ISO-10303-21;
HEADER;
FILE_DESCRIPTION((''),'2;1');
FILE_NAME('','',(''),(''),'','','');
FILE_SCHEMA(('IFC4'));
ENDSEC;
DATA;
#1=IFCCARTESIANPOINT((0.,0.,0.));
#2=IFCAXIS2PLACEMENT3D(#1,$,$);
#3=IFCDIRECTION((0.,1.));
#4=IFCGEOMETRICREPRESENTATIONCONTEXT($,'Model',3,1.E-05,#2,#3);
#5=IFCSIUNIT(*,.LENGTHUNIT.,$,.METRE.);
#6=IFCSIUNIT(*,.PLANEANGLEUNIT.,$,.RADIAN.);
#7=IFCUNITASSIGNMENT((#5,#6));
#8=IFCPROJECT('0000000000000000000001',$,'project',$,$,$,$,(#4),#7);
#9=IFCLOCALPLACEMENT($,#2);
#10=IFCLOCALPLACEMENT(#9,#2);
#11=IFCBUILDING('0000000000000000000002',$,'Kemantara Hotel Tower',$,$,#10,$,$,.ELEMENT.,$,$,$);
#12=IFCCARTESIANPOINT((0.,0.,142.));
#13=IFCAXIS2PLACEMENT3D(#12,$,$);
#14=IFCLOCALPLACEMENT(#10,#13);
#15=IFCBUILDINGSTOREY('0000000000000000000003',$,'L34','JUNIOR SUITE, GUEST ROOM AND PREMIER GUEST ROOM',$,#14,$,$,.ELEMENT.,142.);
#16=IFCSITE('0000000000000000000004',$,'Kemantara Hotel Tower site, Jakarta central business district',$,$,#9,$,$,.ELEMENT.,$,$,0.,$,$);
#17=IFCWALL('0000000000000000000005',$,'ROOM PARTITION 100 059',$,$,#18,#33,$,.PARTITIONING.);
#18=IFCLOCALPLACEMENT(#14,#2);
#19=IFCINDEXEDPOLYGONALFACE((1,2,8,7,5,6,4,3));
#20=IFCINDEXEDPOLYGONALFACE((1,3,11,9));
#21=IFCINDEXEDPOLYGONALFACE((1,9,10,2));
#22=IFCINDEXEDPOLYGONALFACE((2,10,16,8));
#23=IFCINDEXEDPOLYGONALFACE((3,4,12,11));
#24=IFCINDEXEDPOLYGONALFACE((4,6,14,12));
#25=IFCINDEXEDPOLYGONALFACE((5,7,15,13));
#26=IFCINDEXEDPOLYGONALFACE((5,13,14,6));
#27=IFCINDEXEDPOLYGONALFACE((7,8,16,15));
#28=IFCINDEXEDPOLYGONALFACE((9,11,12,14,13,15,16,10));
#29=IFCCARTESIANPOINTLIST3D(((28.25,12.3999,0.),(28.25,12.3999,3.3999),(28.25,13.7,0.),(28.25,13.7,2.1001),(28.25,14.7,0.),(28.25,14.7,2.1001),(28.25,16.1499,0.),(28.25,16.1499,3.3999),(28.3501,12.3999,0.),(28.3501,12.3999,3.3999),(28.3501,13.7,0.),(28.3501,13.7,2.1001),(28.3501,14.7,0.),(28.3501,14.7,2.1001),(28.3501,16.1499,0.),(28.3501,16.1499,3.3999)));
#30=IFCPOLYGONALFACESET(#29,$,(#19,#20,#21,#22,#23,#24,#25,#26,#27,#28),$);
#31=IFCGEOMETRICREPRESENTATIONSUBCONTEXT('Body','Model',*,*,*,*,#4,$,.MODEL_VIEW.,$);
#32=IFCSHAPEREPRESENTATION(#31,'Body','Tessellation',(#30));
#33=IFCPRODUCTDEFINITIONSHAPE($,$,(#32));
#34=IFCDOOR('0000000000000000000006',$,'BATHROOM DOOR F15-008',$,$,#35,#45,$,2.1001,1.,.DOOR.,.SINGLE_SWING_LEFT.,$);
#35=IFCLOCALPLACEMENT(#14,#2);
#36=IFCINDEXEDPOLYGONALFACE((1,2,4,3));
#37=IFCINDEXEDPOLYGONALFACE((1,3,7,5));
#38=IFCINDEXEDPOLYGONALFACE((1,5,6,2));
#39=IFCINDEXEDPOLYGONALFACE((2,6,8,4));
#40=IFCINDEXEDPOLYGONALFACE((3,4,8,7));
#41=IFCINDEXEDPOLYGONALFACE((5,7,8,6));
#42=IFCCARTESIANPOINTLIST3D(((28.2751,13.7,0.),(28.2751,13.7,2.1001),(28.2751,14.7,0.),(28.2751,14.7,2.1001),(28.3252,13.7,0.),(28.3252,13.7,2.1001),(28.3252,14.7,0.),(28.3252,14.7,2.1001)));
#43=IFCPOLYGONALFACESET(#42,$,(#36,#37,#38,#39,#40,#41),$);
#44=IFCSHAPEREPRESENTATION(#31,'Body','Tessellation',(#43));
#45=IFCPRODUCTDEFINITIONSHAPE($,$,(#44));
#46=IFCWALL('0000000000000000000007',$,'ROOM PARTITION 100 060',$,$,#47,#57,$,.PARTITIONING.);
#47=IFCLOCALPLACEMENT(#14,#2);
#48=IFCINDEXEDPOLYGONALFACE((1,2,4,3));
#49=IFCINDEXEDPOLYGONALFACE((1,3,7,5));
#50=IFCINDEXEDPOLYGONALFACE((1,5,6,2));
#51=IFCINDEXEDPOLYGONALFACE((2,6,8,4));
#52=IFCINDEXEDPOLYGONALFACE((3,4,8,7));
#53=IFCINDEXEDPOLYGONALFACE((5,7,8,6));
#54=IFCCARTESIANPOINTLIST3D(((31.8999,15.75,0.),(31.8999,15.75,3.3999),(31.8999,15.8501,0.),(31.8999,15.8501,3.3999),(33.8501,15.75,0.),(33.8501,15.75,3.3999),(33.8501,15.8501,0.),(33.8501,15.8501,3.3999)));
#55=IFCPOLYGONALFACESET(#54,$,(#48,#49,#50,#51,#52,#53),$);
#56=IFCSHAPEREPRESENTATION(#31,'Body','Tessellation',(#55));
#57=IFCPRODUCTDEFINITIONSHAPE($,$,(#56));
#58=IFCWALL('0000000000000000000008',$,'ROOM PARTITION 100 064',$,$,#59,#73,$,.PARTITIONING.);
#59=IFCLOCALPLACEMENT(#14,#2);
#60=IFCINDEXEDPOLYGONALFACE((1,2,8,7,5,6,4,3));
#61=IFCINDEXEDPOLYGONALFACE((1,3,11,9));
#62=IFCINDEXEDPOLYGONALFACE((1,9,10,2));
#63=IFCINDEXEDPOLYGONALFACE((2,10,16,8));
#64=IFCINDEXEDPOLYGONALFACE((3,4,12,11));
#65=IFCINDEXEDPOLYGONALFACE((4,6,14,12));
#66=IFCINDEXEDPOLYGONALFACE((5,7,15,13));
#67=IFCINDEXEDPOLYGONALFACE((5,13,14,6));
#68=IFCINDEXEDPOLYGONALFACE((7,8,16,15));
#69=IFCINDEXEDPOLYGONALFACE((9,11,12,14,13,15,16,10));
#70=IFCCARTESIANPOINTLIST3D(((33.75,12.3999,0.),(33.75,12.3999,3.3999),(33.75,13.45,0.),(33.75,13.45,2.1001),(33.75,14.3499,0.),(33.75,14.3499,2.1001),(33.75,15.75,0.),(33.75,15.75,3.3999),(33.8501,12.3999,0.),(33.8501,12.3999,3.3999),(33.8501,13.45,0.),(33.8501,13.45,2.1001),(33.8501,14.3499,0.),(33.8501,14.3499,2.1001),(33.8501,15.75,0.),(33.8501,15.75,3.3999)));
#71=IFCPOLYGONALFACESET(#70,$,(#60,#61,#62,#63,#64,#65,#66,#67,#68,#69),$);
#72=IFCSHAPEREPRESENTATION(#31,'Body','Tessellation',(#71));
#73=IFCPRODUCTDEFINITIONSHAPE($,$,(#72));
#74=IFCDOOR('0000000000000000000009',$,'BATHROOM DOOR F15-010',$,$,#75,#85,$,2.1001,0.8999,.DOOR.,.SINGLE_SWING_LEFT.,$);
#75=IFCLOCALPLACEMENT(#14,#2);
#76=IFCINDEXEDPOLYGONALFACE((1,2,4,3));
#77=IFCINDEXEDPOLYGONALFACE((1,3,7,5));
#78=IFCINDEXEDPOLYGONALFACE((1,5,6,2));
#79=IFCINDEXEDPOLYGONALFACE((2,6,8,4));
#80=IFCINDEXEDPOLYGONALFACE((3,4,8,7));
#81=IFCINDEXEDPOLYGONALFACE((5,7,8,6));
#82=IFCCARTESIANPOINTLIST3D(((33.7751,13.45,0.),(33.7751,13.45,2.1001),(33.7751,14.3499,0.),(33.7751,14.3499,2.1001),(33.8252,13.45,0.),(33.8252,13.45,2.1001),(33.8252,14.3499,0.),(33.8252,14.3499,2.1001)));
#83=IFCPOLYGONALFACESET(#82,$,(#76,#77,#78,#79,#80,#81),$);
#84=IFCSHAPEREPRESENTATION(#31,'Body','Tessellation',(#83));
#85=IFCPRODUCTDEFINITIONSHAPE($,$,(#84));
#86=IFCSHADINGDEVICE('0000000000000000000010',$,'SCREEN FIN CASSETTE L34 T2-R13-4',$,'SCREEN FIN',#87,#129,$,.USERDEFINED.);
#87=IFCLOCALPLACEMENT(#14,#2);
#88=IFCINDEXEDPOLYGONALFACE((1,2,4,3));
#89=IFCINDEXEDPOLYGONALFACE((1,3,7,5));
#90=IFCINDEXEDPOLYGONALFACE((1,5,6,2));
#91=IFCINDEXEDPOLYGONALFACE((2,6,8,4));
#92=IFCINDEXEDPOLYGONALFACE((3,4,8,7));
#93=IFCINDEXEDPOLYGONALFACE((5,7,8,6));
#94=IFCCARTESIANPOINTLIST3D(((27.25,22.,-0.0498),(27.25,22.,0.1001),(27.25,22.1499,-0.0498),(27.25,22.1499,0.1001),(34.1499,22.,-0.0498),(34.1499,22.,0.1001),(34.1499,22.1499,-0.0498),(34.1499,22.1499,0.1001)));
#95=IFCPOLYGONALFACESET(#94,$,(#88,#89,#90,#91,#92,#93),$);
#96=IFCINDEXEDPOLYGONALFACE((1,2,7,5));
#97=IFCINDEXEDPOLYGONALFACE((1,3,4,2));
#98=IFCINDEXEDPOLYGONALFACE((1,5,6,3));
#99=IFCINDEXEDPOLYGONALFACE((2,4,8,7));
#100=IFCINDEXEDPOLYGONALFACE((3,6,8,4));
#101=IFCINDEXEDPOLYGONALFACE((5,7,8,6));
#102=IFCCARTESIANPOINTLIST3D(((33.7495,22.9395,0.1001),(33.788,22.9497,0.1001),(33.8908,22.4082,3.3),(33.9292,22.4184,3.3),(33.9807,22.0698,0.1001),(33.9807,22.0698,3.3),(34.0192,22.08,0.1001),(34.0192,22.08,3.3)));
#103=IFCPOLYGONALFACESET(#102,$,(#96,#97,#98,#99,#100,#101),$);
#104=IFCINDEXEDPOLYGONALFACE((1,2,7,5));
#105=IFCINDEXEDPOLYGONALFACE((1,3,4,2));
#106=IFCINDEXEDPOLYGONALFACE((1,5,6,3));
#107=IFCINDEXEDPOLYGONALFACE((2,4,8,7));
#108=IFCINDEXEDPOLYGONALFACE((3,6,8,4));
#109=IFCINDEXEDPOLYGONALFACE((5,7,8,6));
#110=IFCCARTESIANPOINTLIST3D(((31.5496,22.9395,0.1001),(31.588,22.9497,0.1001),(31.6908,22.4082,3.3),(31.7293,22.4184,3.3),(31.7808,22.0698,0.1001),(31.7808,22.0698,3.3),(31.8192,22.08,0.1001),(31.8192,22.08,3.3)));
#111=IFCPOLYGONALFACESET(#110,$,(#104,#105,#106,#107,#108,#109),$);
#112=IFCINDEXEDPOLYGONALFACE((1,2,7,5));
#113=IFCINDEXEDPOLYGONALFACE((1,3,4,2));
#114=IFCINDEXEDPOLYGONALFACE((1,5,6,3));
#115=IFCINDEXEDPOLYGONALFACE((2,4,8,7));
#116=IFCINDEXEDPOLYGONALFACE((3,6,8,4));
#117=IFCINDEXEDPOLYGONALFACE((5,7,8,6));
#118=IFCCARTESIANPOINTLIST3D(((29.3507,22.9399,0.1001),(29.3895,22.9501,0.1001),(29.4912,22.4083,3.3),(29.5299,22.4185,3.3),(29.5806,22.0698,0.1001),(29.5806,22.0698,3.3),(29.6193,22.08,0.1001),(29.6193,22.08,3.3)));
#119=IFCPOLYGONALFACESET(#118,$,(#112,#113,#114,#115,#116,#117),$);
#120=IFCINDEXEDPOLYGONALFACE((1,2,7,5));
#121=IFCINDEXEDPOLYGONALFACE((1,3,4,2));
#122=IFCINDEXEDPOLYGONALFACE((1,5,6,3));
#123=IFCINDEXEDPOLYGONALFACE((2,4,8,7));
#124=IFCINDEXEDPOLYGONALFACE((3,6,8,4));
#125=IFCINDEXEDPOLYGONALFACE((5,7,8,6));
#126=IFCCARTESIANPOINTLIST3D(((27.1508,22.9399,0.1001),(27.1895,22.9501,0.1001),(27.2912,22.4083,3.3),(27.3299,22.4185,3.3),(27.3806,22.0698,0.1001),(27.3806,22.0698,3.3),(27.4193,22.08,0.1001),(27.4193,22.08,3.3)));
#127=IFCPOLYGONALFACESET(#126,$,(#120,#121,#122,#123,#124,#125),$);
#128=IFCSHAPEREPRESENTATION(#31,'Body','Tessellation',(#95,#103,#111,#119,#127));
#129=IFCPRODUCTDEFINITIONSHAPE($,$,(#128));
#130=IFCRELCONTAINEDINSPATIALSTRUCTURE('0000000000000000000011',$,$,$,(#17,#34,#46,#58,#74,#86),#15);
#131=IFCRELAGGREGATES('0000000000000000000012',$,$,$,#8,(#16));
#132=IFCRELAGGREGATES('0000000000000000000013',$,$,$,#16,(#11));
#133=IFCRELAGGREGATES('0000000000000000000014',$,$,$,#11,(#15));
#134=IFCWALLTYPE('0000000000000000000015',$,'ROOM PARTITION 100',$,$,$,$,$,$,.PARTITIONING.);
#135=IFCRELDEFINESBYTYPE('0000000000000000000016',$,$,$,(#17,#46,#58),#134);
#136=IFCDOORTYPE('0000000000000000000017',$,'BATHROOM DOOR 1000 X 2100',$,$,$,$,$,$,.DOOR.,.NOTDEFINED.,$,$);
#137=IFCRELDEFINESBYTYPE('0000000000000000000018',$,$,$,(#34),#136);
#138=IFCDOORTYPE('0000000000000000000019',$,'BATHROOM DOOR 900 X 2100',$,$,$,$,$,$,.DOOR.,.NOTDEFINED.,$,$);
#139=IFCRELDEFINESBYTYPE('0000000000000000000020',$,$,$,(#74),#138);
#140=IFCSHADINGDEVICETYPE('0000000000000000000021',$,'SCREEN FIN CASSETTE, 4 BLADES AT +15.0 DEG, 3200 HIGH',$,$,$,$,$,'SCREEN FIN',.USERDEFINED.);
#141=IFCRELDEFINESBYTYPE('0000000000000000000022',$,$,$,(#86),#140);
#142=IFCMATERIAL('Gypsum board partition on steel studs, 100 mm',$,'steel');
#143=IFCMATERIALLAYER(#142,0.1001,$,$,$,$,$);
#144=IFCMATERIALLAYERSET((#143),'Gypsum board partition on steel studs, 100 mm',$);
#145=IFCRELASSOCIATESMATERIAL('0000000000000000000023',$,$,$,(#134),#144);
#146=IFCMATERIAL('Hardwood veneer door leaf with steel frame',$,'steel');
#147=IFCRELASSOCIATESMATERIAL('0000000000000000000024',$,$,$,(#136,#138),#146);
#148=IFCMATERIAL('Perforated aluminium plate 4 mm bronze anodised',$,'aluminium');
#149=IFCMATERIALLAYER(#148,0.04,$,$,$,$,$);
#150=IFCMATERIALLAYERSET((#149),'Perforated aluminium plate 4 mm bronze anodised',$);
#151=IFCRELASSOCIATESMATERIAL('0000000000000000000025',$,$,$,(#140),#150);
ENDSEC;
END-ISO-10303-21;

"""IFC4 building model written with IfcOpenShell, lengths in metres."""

from ifc_helpers import new_model, si_unit, direction, frame, frame_2d, origin, origin_2d, place, context, subcontext, project, spatial, polyline, rectangle, outline, extrude, source, transform, mapped, material, layer, layer_set, type_object, element, fill, save


model = new_model("IFC4")

# Units and contexts
model_context = context("Model", 3, precision=1e-05, world=origin(), true_north=direction((0.0, 1.0)))
body_context = subcontext(model_context, "Body", "Model", "MODEL_VIEW")
ifc_project = project(units=[si_unit("LENGTHUNIT", "METRE"), si_unit("PLANEANGLEUNIT", "RADIAN")], contexts=[model_context])

# Site, building, storey
site_placement = place(None, origin())
site = spatial("IfcSite", under=ifc_project, at=site_placement, Name="Kemantara Hotel Tower site, Jakarta central business district", CompositionType="ELEMENT", RefElevation=0.0)
building_placement = place(site_placement, origin())
building = spatial("IfcBuilding", under=site, at=building_placement, Name="Kemantara Hotel Tower", CompositionType="ELEMENT")
storey_placement = place(building_placement, frame((0.0, 0.0, 142.0)))
storey = spatial("IfcBuildingStorey", under=building, at=storey_placement, Name="L34", Description="JUNIOR SUITE, GUEST ROOM AND PREMIER GUEST ROOM", CompositionType="ELEMENT", Elevation=142.0)

# Shared definitions
ifc_material_1 = material(Name="Hardwood veneer door leaf with steel frame", Category="steel")

# Shared definitions
ifc_material_2 = material(Name="Gypsum board partition on steel studs, 100 mm", Category="steel")
ifc_layer_1 = layer(ifc_material_2, 0.1001)
ifc_layer_set_1 = layer_set([ifc_layer_1], Name="Gypsum board partition on steel studs, 100 mm")
wall_type_1 = type_object("IfcWallType", Name="ROOM PARTITION 100", PredefinedType="PARTITIONING", material=ifc_layer_set_1)

# Wall, opening, door
wall_1_placement = place(storey_placement, frame((28.3, 12.3999, 0.0), z_axis=(0.0, 0.0, 1.0), x_axis=(0.0, 1.0, 0.0)))
wall_1 = element("IfcWall", 1, at=wall_1_placement, inside=storey, type_object=wall_type_1, Name="ROOM PARTITION 100 059", PredefinedType="PARTITIONING", context=body_context, shape_type="SweptSolid", body=[
    extrude(rectangle(XDim=3.75, YDim=0.1001, at=frame_2d((1.875, 0.0))), origin(), (0.0, 0.0, 1.0), 3.3999),
])
opening_1_placement = place(wall_1_placement, frame((1.3, 0.0, 0.0)))
opening_1 = element("IfcOpeningElement", 2, at=opening_1_placement, cuts=wall_1, PredefinedType="OPENING", context=body_context, shape_type="SweptSolid", body=[
    extrude(rectangle(XDim=1.0, YDim=2.1001, at=frame_2d((0.5, 1.05))), frame((0.0, 0.0601, 0.0), z_axis=(0.0, -1.0, 0.0), x_axis=(1.0, 0.0, 0.0)), (0.0, 0.0, 1.0), 0.1201),
])
door_type_1 = type_object("IfcDoorType", Name="BATHROOM DOOR 1000 X 2100", OperationType="NOTDEFINED", PredefinedType="DOOR", material=ifc_material_1)
door_1_placement = place(opening_1_placement, origin())
door_1 = element("IfcDoor", 3, at=door_1_placement, inside=storey, type_object=door_type_1, Name="BATHROOM DOOR F15-008", OperationType="SINGLE_SWING_LEFT", OverallHeight=2.1001, OverallWidth=1.0, PredefinedType="DOOR", context=body_context, shape_type="SweptSolid", body=[
    extrude(rectangle(XDim=1.0, YDim=2.1001, at=frame_2d((0.5, 1.05))), frame((0.0, 0.0249, 0.0), z_axis=(0.0, -1.0, 0.0), x_axis=(1.0, 0.0, 0.0)), (0.0, 0.0, 1.0), 0.05),
])
fill(opening_1, door_1)

# Wall
wall_2_placement = place(storey_placement, frame((31.8999, 15.8, 0.0), z_axis=(0.0, 0.0, 1.0), x_axis=(1.0, 0.0, 0.0)))
element("IfcWall", 4, at=wall_2_placement, inside=storey, type_object=wall_type_1, Name="ROOM PARTITION 100 060", PredefinedType="PARTITIONING", context=body_context, shape_type="SweptSolid", body=[
    extrude(rectangle(XDim=1.9502, YDim=0.1001, at=frame_2d((0.9751, 0.0))), origin(), (0.0, 0.0, 1.0), 3.3999),
])

# Wall, opening, door
wall_3_placement = place(storey_placement, frame((33.8, 12.3999, 0.0), z_axis=(0.0, 0.0, 1.0), x_axis=(0.0, 1.0, 0.0)))
wall_3 = element("IfcWall", 5, at=wall_3_placement, inside=storey, type_object=wall_type_1, Name="ROOM PARTITION 100 064", PredefinedType="PARTITIONING", context=body_context, shape_type="SweptSolid", body=[
    extrude(rectangle(XDim=3.3501, YDim=0.1001, at=frame_2d((1.675, 0.0))), origin(), (0.0, 0.0, 1.0), 3.3999),
])
opening_2_placement = place(wall_3_placement, frame((1.05, 0.0, 0.0)))
opening_2 = element("IfcOpeningElement", 6, at=opening_2_placement, cuts=wall_3, PredefinedType="OPENING", context=body_context, shape_type="SweptSolid", body=[
    extrude(rectangle(XDim=0.8999, YDim=2.1001, at=frame_2d((0.45, 1.05))), frame((0.0, 0.0601, 0.0), z_axis=(0.0, -1.0, 0.0), x_axis=(1.0, 0.0, 0.0)), (0.0, 0.0, 1.0), 0.1201),
])
door_type_2 = type_object("IfcDoorType", Name="BATHROOM DOOR 900 X 2100", OperationType="NOTDEFINED", PredefinedType="DOOR", material=ifc_material_1)
door_2_placement = place(opening_2_placement, origin())
door_2 = element("IfcDoor", 7, at=door_2_placement, inside=storey, type_object=door_type_2, Name="BATHROOM DOOR F15-010", OperationType="SINGLE_SWING_LEFT", OverallHeight=2.1001, OverallWidth=0.8999, PredefinedType="DOOR", context=body_context, shape_type="SweptSolid", body=[
    extrude(rectangle(XDim=0.8999, YDim=2.1001, at=frame_2d((0.45, 1.05))), frame((0.0, 0.0249, 0.0), z_axis=(0.0, -1.0, 0.0), x_axis=(1.0, 0.0, 0.0)), (0.0, 0.0, 1.0), 0.05),
])
fill(opening_2, door_2)

# Shading device
ifc_material_3 = material(Name="Perforated aluminium plate 4 mm bronze anodised", Category="aluminium")
ifc_layer_2 = layer(ifc_material_3, 0.04)
ifc_layer_set_2 = layer_set([ifc_layer_2], Name="Perforated aluminium plate 4 mm bronze anodised")
shading_device_type = type_object("IfcShadingDeviceType", Name="SCREEN FIN CASSETTE, 4 BLADES AT +15.0 DEG, 3200 HIGH", ElementType="SCREEN FIN", PredefinedType="USERDEFINED", material=ifc_layer_set_2)
shared_shape_1 = source(origin(), body_context, "Body", "SweptSolid", [
    extrude(rectangle(XDim=6.8999, YDim=0.1499, at=origin_2d()), frame((3.3, -0.075, -0.1499), z_axis=(0.0, 0.0, 1.0), x_axis=(1.0, 0.0, 0.0)), (0.0, 0.0, 1.0), 0.1499),
    extrude(outline(polyline([(0.0, 0.0), (0.8999, 0.0), (0.3501, 3.2), (0.0, 3.2), (0.0, 0.0)])), frame((0.0193, -0.0698, 0.0), z_axis=(-0.966438, -0.256901, 0.0), x_axis=(0.256901, -0.966438, 0.0)), (0.0, 0.0, 1.0), 0.0398),
    extrude(outline(polyline([(0.0, 0.0), (0.8999, 0.0), (0.3501, 3.2), (0.0, 3.2), (0.0, 0.0)])), frame((2.2192, -0.0698, 0.0), z_axis=(-0.966438, -0.256901, 0.0), x_axis=(0.256901, -0.966438, 0.0)), (0.0, 0.0, 1.0), 0.0398),
    extrude(outline(polyline([(0.0, 0.0), (0.8999, 0.0), (0.3501, 3.2), (0.0, 3.2), (0.0, 0.0)])), frame((4.4194, -0.0698, 0.0), z_axis=(-0.966838, -0.255391, 0.0), x_axis=(0.255391, -0.966838, 0.0)), (0.0, 0.0, 1.0), 0.04),
    extrude(outline(polyline([(0.0, 0.0), (0.8999, 0.0), (0.3501, 3.2), (0.0, 3.2), (0.0, 0.0)])), frame((6.6194, -0.0698, 0.0), z_axis=(-0.966838, -0.255391, 0.0), x_axis=(0.255391, -0.966838, 0.0)), (0.0, 0.0, 1.0), 0.04),
])
shading_device_placement = place(storey_placement, frame((34.0, 22.0, 0.1001), z_axis=(0.0, 0.0, 1.0), x_axis=(-1.0, 0.0, 0.0)))
element("IfcShadingDevice", 8, at=shading_device_placement, inside=storey, type_object=shading_device_type, Name="SCREEN FIN CASSETTE L34 T2-R13-4", ObjectType="SCREEN FIN", PredefinedType="USERDEFINED", context=body_context, shape_type="MappedRepresentation", body=[
    mapped(shared_shape_1, transform((0.0, 0.0, 0.0))),
])

save(model, "model.ifc")
